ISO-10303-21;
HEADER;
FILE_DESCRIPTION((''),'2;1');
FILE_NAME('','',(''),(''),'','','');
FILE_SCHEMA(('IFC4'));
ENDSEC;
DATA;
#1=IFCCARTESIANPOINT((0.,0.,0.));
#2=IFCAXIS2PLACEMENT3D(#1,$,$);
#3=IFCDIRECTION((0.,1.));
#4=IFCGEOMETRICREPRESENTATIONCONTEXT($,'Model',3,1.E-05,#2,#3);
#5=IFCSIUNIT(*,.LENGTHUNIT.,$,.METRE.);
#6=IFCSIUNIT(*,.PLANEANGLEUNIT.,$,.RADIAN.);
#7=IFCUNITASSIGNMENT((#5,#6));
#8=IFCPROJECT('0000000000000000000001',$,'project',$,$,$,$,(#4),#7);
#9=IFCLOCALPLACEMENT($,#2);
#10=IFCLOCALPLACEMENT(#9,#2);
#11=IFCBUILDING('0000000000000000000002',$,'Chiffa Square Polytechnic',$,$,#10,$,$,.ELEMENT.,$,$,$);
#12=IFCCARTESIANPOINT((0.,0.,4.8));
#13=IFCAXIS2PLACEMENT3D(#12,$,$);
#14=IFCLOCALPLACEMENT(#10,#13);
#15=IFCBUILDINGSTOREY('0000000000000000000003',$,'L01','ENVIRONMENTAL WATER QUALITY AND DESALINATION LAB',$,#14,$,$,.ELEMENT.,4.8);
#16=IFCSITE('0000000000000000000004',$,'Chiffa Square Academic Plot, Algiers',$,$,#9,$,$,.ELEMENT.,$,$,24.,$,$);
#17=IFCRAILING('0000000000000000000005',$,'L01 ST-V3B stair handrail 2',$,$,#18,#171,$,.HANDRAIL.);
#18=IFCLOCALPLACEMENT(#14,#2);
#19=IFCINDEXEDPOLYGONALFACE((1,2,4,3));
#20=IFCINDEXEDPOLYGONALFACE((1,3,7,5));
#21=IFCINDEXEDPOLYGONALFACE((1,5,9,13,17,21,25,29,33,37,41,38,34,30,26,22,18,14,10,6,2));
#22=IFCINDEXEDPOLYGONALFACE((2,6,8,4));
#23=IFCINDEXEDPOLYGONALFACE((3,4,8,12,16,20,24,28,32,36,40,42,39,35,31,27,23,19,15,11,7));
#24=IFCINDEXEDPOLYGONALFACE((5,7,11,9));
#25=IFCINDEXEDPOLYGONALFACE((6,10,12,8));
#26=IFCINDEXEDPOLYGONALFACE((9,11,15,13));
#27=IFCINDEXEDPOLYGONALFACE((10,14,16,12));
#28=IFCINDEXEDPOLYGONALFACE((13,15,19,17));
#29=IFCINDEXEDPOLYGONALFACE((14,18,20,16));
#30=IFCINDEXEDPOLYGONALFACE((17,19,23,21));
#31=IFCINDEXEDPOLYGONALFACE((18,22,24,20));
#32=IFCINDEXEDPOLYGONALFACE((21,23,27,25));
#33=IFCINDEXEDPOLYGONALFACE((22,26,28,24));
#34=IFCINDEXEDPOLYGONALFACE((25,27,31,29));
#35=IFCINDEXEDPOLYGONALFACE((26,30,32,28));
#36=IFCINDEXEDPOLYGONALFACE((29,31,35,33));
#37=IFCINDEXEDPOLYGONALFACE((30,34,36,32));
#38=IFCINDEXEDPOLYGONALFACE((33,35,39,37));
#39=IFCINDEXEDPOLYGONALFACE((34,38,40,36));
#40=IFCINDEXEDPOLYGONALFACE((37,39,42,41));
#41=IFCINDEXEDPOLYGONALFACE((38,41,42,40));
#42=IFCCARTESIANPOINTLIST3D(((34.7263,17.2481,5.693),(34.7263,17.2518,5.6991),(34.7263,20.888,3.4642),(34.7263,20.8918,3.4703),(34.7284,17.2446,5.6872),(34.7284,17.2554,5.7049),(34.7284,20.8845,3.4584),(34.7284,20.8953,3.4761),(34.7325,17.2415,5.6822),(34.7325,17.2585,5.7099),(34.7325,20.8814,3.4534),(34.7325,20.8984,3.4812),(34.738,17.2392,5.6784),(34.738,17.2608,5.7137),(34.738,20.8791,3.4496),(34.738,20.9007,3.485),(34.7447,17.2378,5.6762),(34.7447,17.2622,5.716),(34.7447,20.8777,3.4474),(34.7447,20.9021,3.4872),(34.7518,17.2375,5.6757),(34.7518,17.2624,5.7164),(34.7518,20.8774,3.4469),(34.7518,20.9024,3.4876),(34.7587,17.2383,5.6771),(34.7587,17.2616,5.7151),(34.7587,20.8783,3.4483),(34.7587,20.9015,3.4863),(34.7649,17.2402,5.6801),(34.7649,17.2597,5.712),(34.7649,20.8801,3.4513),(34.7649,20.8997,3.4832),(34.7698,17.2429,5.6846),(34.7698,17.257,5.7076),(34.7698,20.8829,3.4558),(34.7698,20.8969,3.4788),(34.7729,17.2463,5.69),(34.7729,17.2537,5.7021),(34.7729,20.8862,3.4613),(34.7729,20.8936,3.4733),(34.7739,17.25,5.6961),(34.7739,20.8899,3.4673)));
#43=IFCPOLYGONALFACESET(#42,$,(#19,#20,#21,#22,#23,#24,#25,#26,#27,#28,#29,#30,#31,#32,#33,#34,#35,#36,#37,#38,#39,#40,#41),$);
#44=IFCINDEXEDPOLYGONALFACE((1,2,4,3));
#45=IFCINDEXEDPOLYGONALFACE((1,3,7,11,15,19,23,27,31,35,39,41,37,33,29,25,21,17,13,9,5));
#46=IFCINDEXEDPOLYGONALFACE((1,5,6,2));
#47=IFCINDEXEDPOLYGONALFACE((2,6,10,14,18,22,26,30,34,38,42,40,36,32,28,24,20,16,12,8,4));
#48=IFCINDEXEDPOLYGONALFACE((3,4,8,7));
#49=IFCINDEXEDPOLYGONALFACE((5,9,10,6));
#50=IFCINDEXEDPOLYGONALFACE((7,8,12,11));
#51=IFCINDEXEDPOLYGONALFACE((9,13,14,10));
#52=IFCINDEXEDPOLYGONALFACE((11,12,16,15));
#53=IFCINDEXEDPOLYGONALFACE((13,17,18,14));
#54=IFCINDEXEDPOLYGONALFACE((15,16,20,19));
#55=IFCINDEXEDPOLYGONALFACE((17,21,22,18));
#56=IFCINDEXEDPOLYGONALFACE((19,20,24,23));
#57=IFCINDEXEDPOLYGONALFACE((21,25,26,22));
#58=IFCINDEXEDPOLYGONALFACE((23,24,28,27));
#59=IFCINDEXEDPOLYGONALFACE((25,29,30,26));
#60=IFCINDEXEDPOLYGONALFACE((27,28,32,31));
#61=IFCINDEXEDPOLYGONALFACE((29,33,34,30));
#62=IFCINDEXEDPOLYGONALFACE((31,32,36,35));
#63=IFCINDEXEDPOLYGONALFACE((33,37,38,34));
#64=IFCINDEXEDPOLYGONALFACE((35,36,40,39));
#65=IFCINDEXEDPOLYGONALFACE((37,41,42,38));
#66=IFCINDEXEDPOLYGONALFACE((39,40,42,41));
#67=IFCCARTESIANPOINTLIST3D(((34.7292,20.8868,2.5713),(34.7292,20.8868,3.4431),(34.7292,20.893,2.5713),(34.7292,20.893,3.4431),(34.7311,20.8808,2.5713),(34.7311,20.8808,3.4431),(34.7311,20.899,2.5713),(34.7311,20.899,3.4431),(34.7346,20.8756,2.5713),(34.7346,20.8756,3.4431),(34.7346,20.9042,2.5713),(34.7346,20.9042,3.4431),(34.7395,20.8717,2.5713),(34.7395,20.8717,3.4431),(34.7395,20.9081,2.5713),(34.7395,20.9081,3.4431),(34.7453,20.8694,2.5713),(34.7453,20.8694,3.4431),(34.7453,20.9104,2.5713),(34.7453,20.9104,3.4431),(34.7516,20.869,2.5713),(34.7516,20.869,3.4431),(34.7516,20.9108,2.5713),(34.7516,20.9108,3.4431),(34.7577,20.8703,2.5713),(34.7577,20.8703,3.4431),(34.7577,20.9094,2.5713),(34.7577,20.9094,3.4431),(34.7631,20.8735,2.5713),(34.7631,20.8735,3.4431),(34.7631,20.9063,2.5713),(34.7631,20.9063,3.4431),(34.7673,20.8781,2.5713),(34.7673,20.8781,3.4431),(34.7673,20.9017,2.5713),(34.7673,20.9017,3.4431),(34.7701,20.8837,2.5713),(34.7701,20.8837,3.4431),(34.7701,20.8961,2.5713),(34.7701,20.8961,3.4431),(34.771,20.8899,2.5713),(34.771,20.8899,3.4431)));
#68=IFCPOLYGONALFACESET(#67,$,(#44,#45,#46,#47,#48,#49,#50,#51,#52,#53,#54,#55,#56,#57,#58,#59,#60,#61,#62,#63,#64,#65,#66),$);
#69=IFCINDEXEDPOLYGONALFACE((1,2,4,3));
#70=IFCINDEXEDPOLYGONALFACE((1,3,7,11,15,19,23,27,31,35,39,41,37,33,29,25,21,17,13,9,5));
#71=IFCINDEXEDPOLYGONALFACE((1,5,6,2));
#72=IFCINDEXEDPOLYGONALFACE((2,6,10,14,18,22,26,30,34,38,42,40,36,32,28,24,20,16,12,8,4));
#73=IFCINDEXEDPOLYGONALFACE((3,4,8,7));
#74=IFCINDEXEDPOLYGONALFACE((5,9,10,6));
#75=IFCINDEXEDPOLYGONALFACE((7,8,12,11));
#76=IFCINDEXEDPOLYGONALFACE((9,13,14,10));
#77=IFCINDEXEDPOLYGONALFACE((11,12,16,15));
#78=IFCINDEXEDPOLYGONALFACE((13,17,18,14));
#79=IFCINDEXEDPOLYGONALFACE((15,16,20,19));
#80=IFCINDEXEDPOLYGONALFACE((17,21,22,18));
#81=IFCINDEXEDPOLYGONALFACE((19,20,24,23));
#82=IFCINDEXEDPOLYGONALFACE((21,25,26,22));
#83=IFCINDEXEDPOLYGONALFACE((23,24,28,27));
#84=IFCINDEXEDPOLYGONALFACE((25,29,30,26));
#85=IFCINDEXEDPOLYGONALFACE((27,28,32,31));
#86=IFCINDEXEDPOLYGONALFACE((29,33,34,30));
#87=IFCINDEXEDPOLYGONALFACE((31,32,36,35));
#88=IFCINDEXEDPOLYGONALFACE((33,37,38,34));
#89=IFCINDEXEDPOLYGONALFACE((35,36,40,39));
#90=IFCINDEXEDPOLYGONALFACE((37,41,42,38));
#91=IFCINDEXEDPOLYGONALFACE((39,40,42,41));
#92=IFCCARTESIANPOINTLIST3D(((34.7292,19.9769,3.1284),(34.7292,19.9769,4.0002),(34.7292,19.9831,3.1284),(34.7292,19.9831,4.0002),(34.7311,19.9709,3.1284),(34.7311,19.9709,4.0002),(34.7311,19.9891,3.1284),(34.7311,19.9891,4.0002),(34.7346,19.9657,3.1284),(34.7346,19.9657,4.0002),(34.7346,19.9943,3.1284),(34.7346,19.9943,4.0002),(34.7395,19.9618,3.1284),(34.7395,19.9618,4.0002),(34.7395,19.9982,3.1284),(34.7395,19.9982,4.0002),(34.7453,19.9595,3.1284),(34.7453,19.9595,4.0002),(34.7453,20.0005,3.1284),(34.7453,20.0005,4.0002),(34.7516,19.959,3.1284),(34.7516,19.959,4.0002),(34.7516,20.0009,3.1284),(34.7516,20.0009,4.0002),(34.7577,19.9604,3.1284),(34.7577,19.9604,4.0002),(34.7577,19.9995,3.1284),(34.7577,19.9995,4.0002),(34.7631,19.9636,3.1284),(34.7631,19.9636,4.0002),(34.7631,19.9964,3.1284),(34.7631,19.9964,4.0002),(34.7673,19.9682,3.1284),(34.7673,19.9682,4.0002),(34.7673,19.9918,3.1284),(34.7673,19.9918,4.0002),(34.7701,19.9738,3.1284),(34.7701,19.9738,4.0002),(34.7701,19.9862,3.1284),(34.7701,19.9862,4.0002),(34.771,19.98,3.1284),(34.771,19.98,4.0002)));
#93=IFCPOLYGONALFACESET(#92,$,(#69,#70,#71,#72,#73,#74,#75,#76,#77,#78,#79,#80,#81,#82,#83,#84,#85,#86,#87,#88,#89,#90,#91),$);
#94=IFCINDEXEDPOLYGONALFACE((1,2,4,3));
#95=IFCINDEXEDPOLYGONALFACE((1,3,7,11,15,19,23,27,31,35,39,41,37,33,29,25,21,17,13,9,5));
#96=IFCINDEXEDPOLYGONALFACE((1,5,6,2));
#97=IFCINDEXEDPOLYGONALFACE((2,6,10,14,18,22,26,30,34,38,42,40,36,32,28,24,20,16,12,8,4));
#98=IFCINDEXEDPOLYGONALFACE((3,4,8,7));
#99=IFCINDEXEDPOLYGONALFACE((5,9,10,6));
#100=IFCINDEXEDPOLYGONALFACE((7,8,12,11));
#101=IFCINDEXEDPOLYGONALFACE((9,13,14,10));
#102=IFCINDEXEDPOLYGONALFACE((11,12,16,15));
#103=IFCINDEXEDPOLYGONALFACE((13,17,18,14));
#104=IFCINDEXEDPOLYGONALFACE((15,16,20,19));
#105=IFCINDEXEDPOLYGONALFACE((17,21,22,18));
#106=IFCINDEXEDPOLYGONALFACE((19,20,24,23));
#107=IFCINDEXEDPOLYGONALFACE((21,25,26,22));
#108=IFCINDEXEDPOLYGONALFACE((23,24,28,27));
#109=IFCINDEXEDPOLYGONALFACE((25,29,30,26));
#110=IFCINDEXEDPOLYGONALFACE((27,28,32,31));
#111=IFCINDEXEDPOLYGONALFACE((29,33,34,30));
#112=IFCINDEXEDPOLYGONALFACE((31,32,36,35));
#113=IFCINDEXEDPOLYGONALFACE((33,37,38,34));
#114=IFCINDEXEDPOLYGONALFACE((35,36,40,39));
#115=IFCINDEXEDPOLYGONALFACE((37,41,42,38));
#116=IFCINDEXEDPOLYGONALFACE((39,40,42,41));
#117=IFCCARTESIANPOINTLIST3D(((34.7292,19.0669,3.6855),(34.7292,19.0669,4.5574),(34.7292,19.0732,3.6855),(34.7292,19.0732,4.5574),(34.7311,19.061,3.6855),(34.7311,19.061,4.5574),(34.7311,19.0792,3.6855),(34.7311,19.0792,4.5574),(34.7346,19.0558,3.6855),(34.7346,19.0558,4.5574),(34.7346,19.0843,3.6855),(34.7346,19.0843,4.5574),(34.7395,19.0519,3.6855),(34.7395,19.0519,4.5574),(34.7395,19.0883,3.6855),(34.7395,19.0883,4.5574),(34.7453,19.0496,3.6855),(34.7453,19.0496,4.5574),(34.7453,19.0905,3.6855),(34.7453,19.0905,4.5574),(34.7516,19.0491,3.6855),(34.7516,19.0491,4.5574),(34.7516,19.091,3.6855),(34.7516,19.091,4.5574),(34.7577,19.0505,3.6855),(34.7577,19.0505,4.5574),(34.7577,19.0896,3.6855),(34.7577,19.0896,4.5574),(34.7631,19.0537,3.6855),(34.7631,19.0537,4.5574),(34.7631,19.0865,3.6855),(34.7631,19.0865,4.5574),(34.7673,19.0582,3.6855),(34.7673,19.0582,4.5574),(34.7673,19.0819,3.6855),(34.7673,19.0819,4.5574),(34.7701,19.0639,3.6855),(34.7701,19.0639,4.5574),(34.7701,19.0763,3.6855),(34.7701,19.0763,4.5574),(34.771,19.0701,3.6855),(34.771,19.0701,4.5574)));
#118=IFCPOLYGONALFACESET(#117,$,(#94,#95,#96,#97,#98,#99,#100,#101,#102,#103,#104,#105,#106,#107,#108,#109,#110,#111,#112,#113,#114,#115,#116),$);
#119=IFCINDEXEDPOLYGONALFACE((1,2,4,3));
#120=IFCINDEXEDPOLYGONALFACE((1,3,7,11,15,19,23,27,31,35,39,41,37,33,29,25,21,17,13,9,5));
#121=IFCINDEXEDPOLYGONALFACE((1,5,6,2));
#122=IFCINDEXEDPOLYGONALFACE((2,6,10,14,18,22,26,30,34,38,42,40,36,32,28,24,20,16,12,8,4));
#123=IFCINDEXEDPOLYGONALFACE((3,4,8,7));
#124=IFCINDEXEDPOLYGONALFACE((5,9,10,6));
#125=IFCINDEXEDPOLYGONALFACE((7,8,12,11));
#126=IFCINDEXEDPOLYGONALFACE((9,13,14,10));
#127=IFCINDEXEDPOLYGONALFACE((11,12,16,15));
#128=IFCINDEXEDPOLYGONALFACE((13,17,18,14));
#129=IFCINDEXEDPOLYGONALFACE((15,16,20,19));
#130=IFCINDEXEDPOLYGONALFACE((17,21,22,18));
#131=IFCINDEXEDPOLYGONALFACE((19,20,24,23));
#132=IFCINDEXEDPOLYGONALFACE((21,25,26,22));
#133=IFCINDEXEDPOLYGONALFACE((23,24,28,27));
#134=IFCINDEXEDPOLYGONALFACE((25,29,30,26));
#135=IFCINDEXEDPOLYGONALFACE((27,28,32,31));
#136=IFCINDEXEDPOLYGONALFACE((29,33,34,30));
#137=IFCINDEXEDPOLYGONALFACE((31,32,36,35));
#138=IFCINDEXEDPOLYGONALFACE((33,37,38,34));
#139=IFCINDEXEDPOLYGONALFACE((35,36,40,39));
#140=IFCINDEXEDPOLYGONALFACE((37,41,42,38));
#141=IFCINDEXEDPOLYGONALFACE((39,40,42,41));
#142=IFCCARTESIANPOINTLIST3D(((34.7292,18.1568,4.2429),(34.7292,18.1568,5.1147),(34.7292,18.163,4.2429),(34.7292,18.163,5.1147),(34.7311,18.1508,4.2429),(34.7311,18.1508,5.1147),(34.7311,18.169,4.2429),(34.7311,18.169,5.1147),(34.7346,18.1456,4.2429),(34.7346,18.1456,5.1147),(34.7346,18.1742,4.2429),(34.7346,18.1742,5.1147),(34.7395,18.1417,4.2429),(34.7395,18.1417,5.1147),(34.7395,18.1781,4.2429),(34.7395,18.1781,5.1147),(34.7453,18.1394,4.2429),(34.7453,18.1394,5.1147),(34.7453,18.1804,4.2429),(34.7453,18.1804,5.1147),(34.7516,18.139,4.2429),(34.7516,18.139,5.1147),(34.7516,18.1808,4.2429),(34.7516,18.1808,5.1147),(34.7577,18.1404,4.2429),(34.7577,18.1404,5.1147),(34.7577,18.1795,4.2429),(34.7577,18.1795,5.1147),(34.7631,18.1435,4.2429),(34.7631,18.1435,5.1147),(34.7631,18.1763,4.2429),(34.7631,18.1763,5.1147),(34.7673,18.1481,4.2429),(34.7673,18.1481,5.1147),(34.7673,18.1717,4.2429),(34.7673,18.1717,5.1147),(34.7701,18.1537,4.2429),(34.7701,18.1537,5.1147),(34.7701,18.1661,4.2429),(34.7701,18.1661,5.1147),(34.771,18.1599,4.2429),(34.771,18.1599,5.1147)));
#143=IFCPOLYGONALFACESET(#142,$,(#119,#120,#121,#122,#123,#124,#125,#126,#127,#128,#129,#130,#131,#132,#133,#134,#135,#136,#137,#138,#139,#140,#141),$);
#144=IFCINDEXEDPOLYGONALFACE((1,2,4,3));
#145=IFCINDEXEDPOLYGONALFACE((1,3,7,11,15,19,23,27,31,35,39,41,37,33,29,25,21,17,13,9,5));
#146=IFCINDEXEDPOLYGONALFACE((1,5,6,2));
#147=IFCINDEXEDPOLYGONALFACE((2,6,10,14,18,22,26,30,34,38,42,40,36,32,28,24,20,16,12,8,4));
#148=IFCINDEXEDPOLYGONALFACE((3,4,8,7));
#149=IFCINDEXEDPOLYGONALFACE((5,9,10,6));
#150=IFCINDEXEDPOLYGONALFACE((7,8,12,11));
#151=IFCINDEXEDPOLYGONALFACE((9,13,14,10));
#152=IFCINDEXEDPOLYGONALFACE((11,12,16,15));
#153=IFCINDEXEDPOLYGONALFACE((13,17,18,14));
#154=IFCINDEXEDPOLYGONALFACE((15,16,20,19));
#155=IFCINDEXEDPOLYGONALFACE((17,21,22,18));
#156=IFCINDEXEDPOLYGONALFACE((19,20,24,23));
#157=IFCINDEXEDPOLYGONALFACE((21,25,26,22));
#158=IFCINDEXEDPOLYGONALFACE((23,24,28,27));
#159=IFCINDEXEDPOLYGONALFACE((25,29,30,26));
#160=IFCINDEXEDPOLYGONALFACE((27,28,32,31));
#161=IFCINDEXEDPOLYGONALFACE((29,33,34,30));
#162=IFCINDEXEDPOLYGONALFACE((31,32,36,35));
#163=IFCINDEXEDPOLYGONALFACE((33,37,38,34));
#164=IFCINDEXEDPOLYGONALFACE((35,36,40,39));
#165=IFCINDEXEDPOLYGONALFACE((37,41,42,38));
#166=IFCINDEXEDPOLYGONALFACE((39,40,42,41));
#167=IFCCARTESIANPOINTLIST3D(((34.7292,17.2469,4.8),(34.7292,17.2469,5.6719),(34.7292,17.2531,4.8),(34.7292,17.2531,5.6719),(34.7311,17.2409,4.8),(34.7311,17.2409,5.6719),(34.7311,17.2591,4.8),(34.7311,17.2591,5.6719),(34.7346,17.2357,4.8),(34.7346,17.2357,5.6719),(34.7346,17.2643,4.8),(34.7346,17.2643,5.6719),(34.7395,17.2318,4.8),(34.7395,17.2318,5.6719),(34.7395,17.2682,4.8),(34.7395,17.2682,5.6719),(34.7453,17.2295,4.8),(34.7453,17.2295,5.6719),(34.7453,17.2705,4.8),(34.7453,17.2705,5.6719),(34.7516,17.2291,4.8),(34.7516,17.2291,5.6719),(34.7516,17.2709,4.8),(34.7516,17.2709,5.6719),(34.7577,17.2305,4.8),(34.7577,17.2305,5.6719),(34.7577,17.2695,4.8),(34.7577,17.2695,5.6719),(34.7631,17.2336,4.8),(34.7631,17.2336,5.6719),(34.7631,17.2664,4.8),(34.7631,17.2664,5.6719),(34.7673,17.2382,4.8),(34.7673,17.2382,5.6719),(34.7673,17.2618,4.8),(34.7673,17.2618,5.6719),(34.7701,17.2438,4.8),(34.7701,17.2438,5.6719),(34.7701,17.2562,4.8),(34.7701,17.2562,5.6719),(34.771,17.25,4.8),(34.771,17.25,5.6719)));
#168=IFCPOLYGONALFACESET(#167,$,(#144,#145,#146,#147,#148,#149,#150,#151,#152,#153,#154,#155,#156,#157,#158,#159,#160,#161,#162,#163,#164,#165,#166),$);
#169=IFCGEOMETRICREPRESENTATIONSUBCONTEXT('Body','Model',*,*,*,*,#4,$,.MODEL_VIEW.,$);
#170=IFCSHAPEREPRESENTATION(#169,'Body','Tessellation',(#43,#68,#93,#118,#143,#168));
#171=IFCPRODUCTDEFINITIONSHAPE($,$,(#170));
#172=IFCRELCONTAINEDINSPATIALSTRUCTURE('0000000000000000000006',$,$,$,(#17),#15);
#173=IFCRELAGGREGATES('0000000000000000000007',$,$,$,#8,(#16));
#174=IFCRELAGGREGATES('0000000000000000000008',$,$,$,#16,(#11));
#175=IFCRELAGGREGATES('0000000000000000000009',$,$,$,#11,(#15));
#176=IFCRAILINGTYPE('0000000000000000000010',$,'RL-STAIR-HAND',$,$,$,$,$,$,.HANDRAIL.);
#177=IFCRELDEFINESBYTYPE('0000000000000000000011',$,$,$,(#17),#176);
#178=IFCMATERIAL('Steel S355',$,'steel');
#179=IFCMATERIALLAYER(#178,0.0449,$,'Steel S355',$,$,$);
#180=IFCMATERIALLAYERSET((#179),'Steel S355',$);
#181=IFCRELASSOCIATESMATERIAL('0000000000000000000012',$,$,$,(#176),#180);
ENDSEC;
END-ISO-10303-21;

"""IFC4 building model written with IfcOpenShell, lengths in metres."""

from ifc_helpers import new_model, si_unit, direction, frame, origin, origin_2d, place, context, subcontext, project, spatial, circle, extrude, material, layer, layer_set, type_object, element, save


model = new_model("IFC4")

# Units and contexts
model_context = context("Model", 3, precision=1e-05, world=origin(), true_north=direction((0.0, 1.0)))
body_context = subcontext(model_context, "Body", "Model", "MODEL_VIEW")
ifc_project = project(units=[si_unit("LENGTHUNIT", "METRE"), si_unit("PLANEANGLEUNIT", "RADIAN")], contexts=[model_context])

# Site, building, storey
site_placement = place(None, origin())
site = spatial("IfcSite", under=ifc_project, at=site_placement, Name="Chiffa Square Academic Plot, Algiers", CompositionType="ELEMENT", RefElevation=24.0)
building_placement = place(site_placement, origin())
building = spatial("IfcBuilding", under=site, at=building_placement, Name="Chiffa Square Polytechnic", CompositionType="ELEMENT")
storey_placement = place(building_placement, frame((0.0, 0.0, 4.8)))
storey = spatial("IfcBuildingStorey", under=building, at=storey_placement, Name="L01", Description="ENVIRONMENTAL WATER QUALITY AND DESALINATION LAB", CompositionType="ELEMENT", Elevation=4.8)

# Railing
ifc_material_1 = material(Name="Steel S355", Category="steel")
ifc_layer_1 = layer(ifc_material_1, 0.0449, Name="Steel S355")
ifc_layer_set_1 = layer_set([ifc_layer_1], Name="Steel S355")
railing_type_1 = type_object("IfcRailingType", Name="RL-STAIR-HAND", PredefinedType="HANDRAIL", material=ifc_layer_set_1)
for number, where, name in (
    (1, (34.75, 20.8899, 2.5713), "L01 ST-V3B stair handrail 2"),
):
    element("IfcRailing", number, at=place(storey_placement, frame(where)), inside=storey, type_object=railing_type_1, Name=name, PredefinedType="HANDRAIL", context=body_context, shape_type="SweptSolid", body=[
        extrude(circle(Radius=0.0239, at=origin_2d()), frame((0.0, 0.0, 0.896), z_axis=(0.0, -0.852825, 0.522197), x_axis=(1.0, 0.0, 0.0)), (0.0, 0.0, 1.0), 4.2681),
        extrude(circle(Radius=0.021, at=origin_2d()), origin(), (0.0, 0.0, 1.0), 0.8718),
        extrude(circle(Radius=0.021, at=origin_2d()), frame((0.0, -0.9099, 0.5571)), (0.0, 0.0, 1.0), 0.8718),
        extrude(circle(Radius=0.021, at=origin_2d()), frame((0.0, -1.8198, 1.1143)), (0.0, 0.0, 1.0), 0.8718),
        extrude(circle(Radius=0.021, at=origin_2d()), frame((0.0, -2.73, 1.6716)), (0.0, 0.0, 1.0), 0.8718),
        extrude(circle(Radius=0.021, at=origin_2d()), frame((0.0, -3.6399, 2.2288)), (0.0, 0.0, 1.0), 0.8718),
    ])

save(model, "model.ifc")
